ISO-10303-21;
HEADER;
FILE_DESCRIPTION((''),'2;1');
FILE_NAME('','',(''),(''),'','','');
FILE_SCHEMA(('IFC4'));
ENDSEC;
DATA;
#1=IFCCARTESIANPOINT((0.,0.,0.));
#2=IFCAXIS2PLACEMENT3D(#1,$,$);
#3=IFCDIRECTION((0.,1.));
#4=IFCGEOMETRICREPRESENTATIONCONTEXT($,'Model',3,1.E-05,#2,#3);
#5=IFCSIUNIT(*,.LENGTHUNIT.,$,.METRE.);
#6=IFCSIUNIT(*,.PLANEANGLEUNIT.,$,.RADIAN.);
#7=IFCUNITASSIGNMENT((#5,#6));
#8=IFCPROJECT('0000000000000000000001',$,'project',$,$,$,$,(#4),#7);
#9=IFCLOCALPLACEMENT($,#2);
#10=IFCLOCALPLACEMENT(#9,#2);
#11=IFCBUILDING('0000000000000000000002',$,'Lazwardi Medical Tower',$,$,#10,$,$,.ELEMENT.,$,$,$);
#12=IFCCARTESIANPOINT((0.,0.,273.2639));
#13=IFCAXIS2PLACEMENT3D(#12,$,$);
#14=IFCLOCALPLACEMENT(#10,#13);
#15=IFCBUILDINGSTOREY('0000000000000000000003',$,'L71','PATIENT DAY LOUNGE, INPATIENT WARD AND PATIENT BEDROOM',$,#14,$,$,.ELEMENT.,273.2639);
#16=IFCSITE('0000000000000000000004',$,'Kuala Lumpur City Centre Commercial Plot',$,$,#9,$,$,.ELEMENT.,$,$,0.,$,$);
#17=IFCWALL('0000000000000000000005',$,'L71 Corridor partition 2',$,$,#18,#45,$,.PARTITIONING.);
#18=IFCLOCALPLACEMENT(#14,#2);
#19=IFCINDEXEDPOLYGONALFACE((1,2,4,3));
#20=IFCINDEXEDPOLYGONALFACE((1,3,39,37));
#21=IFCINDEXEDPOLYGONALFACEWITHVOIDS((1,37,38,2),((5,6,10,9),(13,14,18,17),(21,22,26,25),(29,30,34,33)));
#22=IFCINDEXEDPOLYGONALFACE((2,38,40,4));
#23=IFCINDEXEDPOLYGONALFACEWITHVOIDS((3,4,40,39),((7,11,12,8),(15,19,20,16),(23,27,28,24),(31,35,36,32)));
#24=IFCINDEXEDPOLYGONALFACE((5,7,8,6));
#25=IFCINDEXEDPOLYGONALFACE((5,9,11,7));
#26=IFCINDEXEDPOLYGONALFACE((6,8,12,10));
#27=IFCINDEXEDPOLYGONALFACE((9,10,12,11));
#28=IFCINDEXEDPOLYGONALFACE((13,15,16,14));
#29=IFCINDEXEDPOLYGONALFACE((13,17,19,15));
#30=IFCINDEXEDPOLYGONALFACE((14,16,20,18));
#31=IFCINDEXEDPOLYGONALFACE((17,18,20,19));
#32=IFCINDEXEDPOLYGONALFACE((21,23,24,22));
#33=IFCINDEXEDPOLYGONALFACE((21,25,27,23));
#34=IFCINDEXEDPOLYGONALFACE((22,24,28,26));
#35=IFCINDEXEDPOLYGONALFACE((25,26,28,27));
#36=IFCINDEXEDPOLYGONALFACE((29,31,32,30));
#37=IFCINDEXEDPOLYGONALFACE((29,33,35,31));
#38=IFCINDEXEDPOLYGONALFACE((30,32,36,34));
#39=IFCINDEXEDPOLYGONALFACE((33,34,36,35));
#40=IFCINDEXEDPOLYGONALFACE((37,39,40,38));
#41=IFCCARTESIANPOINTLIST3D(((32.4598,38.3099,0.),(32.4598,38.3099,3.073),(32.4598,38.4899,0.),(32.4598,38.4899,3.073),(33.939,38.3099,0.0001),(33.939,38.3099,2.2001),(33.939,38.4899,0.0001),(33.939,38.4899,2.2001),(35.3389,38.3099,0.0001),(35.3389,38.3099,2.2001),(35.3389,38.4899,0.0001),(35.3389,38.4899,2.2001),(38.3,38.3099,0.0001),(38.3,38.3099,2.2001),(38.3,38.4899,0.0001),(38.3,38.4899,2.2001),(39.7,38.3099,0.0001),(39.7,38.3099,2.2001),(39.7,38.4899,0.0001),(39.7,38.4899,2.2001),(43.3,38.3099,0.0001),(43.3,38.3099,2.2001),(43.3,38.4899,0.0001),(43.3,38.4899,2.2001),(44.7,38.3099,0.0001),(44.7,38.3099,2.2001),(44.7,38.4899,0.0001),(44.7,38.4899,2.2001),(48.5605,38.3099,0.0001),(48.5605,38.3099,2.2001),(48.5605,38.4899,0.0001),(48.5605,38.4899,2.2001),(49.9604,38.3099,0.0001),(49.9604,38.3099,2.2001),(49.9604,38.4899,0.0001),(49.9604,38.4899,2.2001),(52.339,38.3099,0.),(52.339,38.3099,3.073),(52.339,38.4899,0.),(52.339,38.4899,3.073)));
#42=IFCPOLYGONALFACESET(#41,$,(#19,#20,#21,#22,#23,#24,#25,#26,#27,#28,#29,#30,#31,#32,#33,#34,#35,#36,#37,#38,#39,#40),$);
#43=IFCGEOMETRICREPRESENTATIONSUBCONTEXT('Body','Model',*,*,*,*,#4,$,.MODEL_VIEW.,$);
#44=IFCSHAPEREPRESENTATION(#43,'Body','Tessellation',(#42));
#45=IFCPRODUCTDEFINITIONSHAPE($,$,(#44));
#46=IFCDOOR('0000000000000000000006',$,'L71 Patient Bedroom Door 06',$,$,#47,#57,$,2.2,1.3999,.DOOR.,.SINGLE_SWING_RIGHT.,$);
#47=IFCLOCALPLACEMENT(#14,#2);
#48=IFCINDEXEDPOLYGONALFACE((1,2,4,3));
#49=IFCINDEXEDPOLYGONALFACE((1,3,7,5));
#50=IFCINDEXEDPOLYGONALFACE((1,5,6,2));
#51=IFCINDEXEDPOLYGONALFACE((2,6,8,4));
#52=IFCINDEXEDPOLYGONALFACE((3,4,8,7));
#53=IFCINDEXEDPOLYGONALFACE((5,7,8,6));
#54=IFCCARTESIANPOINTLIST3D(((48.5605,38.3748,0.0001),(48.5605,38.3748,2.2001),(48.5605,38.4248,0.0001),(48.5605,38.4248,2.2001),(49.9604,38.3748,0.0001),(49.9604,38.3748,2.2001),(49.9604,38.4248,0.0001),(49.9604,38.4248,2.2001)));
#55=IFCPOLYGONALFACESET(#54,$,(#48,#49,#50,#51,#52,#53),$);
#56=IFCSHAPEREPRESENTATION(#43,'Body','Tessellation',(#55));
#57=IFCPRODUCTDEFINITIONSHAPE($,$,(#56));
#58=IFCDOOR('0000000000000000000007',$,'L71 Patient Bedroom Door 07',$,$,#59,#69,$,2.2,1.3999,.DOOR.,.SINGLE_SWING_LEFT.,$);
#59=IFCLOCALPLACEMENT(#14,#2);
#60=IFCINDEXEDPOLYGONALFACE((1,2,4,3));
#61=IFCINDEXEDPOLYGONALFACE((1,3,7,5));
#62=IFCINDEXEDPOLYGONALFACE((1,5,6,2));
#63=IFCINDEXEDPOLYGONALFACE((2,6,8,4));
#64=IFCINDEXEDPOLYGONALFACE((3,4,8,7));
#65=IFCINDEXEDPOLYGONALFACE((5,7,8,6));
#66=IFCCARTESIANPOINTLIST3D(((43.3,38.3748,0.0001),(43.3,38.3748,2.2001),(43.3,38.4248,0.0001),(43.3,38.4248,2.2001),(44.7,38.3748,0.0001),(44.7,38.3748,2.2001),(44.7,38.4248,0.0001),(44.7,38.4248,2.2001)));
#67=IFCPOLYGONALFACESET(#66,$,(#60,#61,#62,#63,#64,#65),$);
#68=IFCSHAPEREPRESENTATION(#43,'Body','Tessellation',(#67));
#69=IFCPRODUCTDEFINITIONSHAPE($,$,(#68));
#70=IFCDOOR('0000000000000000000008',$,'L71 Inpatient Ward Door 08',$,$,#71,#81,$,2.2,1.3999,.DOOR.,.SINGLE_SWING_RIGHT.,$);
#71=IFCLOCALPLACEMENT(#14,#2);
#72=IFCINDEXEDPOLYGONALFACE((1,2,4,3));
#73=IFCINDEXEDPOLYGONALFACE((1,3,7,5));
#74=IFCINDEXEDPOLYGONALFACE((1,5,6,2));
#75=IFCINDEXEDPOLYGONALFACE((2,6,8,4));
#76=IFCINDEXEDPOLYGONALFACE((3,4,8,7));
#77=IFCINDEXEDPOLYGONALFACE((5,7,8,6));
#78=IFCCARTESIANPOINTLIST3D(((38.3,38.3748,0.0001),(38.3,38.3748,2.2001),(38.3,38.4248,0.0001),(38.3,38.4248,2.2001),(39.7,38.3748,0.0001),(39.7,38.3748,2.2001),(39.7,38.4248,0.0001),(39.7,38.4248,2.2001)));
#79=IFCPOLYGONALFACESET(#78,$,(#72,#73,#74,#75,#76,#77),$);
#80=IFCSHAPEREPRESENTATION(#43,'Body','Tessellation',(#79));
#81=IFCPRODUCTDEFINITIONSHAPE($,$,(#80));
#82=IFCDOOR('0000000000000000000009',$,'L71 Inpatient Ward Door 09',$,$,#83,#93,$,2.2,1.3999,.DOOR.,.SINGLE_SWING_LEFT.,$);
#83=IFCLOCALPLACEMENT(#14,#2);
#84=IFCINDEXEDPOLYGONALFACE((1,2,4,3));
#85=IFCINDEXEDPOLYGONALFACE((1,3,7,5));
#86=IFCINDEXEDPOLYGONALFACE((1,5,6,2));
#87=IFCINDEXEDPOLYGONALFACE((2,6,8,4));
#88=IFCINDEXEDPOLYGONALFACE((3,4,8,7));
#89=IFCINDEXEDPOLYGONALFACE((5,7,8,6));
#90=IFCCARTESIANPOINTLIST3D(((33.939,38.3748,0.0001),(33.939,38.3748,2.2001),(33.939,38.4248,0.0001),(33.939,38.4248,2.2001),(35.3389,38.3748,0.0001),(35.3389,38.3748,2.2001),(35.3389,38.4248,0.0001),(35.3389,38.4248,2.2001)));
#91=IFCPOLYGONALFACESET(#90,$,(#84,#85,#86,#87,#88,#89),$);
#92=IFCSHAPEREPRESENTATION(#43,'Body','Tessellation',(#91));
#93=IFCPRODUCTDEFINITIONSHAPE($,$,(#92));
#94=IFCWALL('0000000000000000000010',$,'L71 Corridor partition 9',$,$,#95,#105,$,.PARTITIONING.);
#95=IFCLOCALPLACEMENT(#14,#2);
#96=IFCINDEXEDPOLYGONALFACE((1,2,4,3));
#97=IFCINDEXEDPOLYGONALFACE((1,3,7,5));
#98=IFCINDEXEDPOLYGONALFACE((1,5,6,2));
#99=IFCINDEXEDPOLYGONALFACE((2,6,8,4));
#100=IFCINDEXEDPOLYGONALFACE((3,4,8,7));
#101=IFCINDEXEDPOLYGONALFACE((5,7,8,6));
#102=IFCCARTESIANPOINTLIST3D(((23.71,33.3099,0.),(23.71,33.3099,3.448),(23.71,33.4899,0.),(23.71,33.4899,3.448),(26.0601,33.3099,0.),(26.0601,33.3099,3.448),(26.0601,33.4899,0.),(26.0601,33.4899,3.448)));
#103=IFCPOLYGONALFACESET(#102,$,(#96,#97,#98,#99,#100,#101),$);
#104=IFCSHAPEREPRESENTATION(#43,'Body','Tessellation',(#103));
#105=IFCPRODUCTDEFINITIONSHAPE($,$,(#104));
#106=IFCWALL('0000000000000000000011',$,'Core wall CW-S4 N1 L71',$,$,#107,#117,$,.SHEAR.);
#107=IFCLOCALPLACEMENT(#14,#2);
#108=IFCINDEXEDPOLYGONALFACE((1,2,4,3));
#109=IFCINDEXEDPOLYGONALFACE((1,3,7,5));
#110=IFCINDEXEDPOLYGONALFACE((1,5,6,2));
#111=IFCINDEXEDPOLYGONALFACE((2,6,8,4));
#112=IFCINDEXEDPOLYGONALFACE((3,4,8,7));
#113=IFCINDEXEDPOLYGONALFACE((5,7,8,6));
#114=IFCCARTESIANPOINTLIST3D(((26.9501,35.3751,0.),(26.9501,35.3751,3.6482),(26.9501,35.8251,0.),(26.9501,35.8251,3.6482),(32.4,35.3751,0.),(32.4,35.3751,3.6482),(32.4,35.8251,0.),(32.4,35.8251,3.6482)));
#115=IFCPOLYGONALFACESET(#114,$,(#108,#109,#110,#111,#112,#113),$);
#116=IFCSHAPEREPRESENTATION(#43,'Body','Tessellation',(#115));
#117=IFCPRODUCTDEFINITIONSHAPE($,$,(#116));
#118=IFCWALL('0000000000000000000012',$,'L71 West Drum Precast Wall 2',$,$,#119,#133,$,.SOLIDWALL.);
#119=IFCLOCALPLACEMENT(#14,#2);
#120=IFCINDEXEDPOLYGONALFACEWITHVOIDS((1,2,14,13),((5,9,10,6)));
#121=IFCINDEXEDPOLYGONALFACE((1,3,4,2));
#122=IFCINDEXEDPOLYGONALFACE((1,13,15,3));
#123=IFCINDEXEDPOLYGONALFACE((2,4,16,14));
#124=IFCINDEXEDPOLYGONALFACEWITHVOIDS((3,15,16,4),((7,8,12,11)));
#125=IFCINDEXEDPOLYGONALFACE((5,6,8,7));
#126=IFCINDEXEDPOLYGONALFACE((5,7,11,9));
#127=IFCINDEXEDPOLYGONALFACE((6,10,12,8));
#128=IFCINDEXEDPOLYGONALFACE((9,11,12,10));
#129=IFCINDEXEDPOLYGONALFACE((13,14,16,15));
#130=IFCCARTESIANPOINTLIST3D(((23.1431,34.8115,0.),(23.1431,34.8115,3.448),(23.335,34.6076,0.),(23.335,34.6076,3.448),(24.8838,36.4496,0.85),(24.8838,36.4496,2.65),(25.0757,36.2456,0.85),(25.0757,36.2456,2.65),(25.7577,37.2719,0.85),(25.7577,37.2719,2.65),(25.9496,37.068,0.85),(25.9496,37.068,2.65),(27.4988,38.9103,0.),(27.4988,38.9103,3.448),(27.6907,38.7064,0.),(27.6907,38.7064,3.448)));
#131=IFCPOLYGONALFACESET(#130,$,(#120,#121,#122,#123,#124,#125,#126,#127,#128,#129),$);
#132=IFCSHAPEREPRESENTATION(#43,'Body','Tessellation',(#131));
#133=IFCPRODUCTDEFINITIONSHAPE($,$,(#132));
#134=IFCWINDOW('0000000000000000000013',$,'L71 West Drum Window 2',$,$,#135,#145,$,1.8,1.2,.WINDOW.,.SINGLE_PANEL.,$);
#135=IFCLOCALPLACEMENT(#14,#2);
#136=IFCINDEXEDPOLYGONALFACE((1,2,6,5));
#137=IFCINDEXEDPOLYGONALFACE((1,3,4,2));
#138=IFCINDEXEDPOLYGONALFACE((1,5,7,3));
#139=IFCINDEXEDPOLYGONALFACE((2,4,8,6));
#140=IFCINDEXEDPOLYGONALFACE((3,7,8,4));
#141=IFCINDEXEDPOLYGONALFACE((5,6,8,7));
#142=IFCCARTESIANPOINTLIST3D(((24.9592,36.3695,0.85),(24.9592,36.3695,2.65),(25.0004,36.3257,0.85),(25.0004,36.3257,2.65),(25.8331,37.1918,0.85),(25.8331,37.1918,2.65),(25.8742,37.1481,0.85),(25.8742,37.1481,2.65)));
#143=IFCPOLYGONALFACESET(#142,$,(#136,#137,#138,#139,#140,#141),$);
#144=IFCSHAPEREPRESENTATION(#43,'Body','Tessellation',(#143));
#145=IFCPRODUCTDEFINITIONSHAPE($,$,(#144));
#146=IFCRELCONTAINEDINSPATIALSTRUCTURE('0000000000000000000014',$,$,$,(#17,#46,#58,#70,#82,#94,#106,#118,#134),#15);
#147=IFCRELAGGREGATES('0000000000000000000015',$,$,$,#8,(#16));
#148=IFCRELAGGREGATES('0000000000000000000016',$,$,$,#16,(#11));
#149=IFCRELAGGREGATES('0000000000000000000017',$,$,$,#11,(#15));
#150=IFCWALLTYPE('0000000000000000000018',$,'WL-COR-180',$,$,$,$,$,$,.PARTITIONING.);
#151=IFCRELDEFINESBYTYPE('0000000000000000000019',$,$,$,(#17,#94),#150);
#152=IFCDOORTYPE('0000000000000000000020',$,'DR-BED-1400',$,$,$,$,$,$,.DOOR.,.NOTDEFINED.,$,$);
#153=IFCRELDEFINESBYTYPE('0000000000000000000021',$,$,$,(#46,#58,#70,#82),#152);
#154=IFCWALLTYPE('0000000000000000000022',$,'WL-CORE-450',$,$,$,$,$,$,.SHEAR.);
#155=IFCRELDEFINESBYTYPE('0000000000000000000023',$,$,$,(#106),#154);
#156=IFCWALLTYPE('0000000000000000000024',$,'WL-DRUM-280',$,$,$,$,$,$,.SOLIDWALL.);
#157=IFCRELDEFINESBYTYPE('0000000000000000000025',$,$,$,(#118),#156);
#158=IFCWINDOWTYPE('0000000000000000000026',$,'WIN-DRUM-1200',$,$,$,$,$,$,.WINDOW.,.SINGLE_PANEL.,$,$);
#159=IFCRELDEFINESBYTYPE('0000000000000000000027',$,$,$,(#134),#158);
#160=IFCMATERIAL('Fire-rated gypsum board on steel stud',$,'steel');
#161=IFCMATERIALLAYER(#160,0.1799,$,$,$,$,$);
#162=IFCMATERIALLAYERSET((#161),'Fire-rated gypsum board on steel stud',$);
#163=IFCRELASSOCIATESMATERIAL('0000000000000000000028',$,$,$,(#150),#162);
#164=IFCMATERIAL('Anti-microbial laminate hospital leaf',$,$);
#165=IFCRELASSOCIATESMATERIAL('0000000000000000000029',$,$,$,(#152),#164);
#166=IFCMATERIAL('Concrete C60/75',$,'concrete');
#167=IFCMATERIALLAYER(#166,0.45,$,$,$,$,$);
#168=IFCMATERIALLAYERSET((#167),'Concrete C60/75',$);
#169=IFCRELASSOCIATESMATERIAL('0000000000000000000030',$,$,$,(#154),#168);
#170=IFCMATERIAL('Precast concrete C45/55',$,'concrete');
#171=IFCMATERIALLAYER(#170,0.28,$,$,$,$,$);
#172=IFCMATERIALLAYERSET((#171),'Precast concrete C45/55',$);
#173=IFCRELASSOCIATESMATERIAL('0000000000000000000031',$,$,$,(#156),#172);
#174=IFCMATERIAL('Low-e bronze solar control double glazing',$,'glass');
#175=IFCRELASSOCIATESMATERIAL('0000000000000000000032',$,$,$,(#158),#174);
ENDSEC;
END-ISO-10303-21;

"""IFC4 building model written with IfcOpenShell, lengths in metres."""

from ifc_helpers import new_model, si_unit, direction, frame, frame_2d, origin, place, context, subcontext, project, spatial, rectangle, extrude, material, layer, layer_set, type_object, element, fill, save


model = new_model("IFC4")

# Units and contexts
model_context = context("Model", 3, precision=1e-05, world=origin(), true_north=direction((0.0, 1.0)))
body_context = subcontext(model_context, "Body", "Model", "MODEL_VIEW")
ifc_project = project(units=[si_unit("LENGTHUNIT", "METRE"), si_unit("PLANEANGLEUNIT", "RADIAN")], contexts=[model_context])

# Site, building, storey
site_placement = place(None, origin())
site = spatial("IfcSite", under=ifc_project, at=site_placement, Name="Kuala Lumpur City Centre Commercial Plot", CompositionType="ELEMENT", RefElevation=0.0)
building_placement = place(site_placement, origin())
building = spatial("IfcBuilding", under=site, at=building_placement, Name="Lazwardi Medical Tower", CompositionType="ELEMENT")
storey_placement = place(building_placement, frame((0.0, 0.0, 273.2639)))
storey = spatial("IfcBuildingStorey", under=building, at=storey_placement, Name="L71", Description="PATIENT DAY LOUNGE, INPATIENT WARD AND PATIENT BEDROOM", CompositionType="ELEMENT", Elevation=273.2639)

# Shared definitions
ifc_material_1 = material(Name="Concrete C60/75", Category="concrete")

# Shared definitions
ifc_material_2 = material(Name="Fire-rated gypsum board on steel stud", Category="steel")
ifc_layer_1 = layer(ifc_material_2, 0.1799)
ifc_layer_set_1 = layer_set([ifc_layer_1], Name="Fire-rated gypsum board on steel stud")
wall_type_1 = type_object("IfcWallType", Name="WL-COR-180", PredefinedType="PARTITIONING", material=ifc_layer_set_1)

# Wall, openings, doors
wall_1_placement = place(storey_placement, frame((32.46, 38.3999, 0.0), z_axis=(0.0, 0.0, 1.0), x_axis=(1.0, 0.0, 0.0)))
wall_1 = element("IfcWall", 1, at=wall_1_placement, inside=storey, type_object=wall_type_1, Name="L71 Corridor partition 2", PredefinedType="PARTITIONING", context=body_context, shape_type="SweptSolid", body=[
    extrude(rectangle(XDim=19.8792, YDim=0.1799, at=frame_2d((9.9395, 0.0))), origin(), (0.0, 0.0, 1.0), 3.073),
])
opening_1_placement = place(wall_1_placement, frame((16.1006, 0.0, 0.0)))
opening_1 = element("IfcOpeningElement", 2, at=opening_1_placement, cuts=wall_1, PredefinedType="OPENING", context=body_context, shape_type="SweptSolid", body=[
    extrude(rectangle(XDim=1.3999, YDim=2.2, at=frame_2d((0.7, 1.1001))), frame((0.0, 0.0999, 0.0), z_axis=(0.0, -1.0, 0.0), x_axis=(1.0, 0.0, 0.0)), (0.0, 0.0, 1.0), 0.2),
])
opening_2_placement = place(wall_1_placement, frame((10.8401, 0.0, 0.0)))
opening_2 = element("IfcOpeningElement", 3, at=opening_2_placement, cuts=wall_1, PredefinedType="OPENING", context=body_context, shape_type="SweptSolid", body=[
    extrude(rectangle(XDim=1.3999, YDim=2.2, at=frame_2d((0.7, 1.1001))), frame((0.0, 0.0999, 0.0), z_axis=(0.0, -1.0, 0.0), x_axis=(1.0, 0.0, 0.0)), (0.0, 0.0, 1.0), 0.2),
])
opening_3_placement = place(wall_1_placement, frame((5.8401, 0.0, 0.0)))
opening_3 = element("IfcOpeningElement", 4, at=opening_3_placement, cuts=wall_1, PredefinedType="OPENING", context=body_context, shape_type="SweptSolid", body=[
    extrude(rectangle(XDim=1.3999, YDim=2.2, at=frame_2d((0.7, 1.1001))), frame((0.0, 0.0999, 0.0), z_axis=(0.0, -1.0, 0.0), x_axis=(1.0, 0.0, 0.0)), (0.0, 0.0, 1.0), 0.2),
])
opening_4_placement = place(wall_1_placement, frame((1.479, 0.0, 0.0)))
opening_4 = element("IfcOpeningElement", 5, at=opening_4_placement, cuts=wall_1, PredefinedType="OPENING", context=body_context, shape_type="SweptSolid", body=[
    extrude(rectangle(XDim=1.3999, YDim=2.2, at=frame_2d((0.7, 1.1001))), frame((0.0, 0.0999, 0.0), z_axis=(0.0, -1.0, 0.0), x_axis=(1.0, 0.0, 0.0)), (0.0, 0.0, 1.0), 0.2),
])
ifc_material_3 = material(Name="Anti-microbial laminate hospital leaf")
door_type = type_object("IfcDoorType", Name="DR-BED-1400", OperationType="NOTDEFINED", PredefinedType="DOOR", material=ifc_material_3)
door_1_placement = place(opening_1_placement, origin())
door_1 = element("IfcDoor", 6, at=door_1_placement, inside=storey, type_object=door_type, Name="L71 Patient Bedroom Door 06", OperationType="SINGLE_SWING_RIGHT", OverallHeight=2.2, OverallWidth=1.3999, PredefinedType="DOOR", context=body_context, shape_type="SweptSolid", body=[
    extrude(rectangle(XDim=1.3999, YDim=2.2, at=frame_2d((0.7, 1.1001))), frame((0.0, 0.0249, 0.0), z_axis=(0.0, -1.0, 0.0), x_axis=(1.0, 0.0, 0.0)), (0.0, 0.0, 1.0), 0.05),
])
fill(opening_1, door_1)
door_2_placement = place(opening_2_placement, origin())
door_2 = element("IfcDoor", 7, at=door_2_placement, inside=storey, type_object=door_type, Name="L71 Patient Bedroom Door 07", OperationType="SINGLE_SWING_LEFT", OverallHeight=2.2, OverallWidth=1.3999, PredefinedType="DOOR", context=body_context, shape_type="SweptSolid", body=[
    extrude(rectangle(XDim=1.3999, YDim=2.2, at=frame_2d((0.7, 1.1001))), frame((0.0, 0.0249, 0.0), z_axis=(0.0, -1.0, 0.0), x_axis=(1.0, 0.0, 0.0)), (0.0, 0.0, 1.0), 0.05),
])
fill(opening_2, door_2)
door_3_placement = place(opening_3_placement, origin())
door_3 = element("IfcDoor", 8, at=door_3_placement, inside=storey, type_object=door_type, Name="L71 Inpatient Ward Door 08", OperationType="SINGLE_SWING_RIGHT", OverallHeight=2.2, OverallWidth=1.3999, PredefinedType="DOOR", context=body_context, shape_type="SweptSolid", body=[
    extrude(rectangle(XDim=1.3999, YDim=2.2, at=frame_2d((0.7, 1.1001))), frame((0.0, 0.0249, 0.0), z_axis=(0.0, -1.0, 0.0), x_axis=(1.0, 0.0, 0.0)), (0.0, 0.0, 1.0), 0.05),
])
fill(opening_3, door_3)
door_4_placement = place(opening_4_placement, origin())
door_4 = element("IfcDoor", 9, at=door_4_placement, inside=storey, type_object=door_type, Name="L71 Inpatient Ward Door 09", OperationType="SINGLE_SWING_LEFT", OverallHeight=2.2, OverallWidth=1.3999, PredefinedType="DOOR", context=body_context, shape_type="SweptSolid", body=[
    extrude(rectangle(XDim=1.3999, YDim=2.2, at=frame_2d((0.7, 1.1001))), frame((0.0, 0.0249, 0.0), z_axis=(0.0, -1.0, 0.0), x_axis=(1.0, 0.0, 0.0)), (0.0, 0.0, 1.0), 0.05),
])
fill(opening_4, door_4)

# Walls
wall_2_placement = place(storey_placement, frame((23.71, 33.3999, 0.0), z_axis=(0.0, 0.0, 1.0), x_axis=(1.0, 0.0, 0.0)))
element("IfcWall", 10, at=wall_2_placement, inside=storey, type_object=wall_type_1, Name="L71 Corridor partition 9", PredefinedType="PARTITIONING", context=body_context, shape_type="SweptSolid", body=[
    extrude(rectangle(XDim=2.3501, YDim=0.1799, at=frame_2d((1.175, 0.0))), origin(), (0.0, 0.0, 1.0), 3.448),
])
ifc_layer_2 = layer(ifc_material_1, 0.45)
ifc_layer_set_2 = layer_set([ifc_layer_2], Name="Concrete C60/75")
wall_type_2 = type_object("IfcWallType", Name="WL-CORE-450", PredefinedType="SHEAR", material=ifc_layer_set_2)
wall_3_placement = place(storey_placement, frame((26.95, 35.6001, 0.0), z_axis=(0.0, 0.0, 1.0), x_axis=(1.0, 0.0, 0.0)))
element("IfcWall", 11, at=wall_3_placement, inside=storey, type_object=wall_type_2, Name="Core wall CW-S4 N1 L71", PredefinedType="SHEAR", context=body_context, shape_type="SweptSolid", body=[
    extrude(rectangle(XDim=5.45, YDim=0.45, at=frame_2d((2.7251, 0.0))), origin(), (0.0, 0.0, 1.0), 3.6482),
])

# Wall, opening, window
ifc_material_4 = material(Name="Precast concrete C45/55", Category="concrete")
ifc_layer_3 = layer(ifc_material_4, 0.28)
ifc_layer_set_3 = layer_set([ifc_layer_3], Name="Precast concrete C45/55")
wall_type_3 = type_object("IfcWallType", Name="WL-DRUM-280", PredefinedType="SOLIDWALL", material=ifc_layer_set_3)
wall_4_placement = place(storey_placement, frame((27.5947, 38.8083, 0.0), z_axis=(0.0, 0.0, 1.0), x_axis=(-0.728252, -0.68531, 0.0)))
wall_4 = element("IfcWall", 12, at=wall_4_placement, inside=storey, type_object=wall_type_3, Name="L71 West Drum Precast Wall 2", PredefinedType="SOLIDWALL", context=body_context, shape_type="SweptSolid", body=[
    extrude(rectangle(XDim=5.981, YDim=0.28, at=frame_2d((2.9905, 0.0))), origin(), (0.0, 0.0, 1.0), 3.448),
])
opening_5_placement = place(wall_4_placement, frame((2.3906, 0.0, 0.8501)))
opening_5 = element("IfcOpeningElement", 13, at=opening_5_placement, cuts=wall_4, PredefinedType="OPENING", context=body_context, shape_type="SweptSolid", body=[
    extrude(rectangle(XDim=1.2, YDim=1.8, at=frame_2d((0.6001, 0.8999))), frame((0.0, 0.1499, 0.0), z_axis=(0.0, -1.0, 0.0), x_axis=(1.0, 0.0, 0.0)), (0.0, 0.0, 1.0), 0.3),
])
ifc_material_5 = material(Name="Low-e bronze solar control double glazing", Category="glass")
window_type = type_object("IfcWindowType", Name="WIN-DRUM-1200", PartitioningType="SINGLE_PANEL", PredefinedType="WINDOW", material=ifc_material_5)
window_1_placement = place(opening_5_placement, origin())
window_1 = element("IfcWindow", 14, at=window_1_placement, inside=storey, type_object=window_type, Name="L71 West Drum Window 2", OverallHeight=1.8, OverallWidth=1.2, PartitioningType="SINGLE_PANEL", PredefinedType="WINDOW", context=body_context, shape_type="SweptSolid", body=[
    extrude(rectangle(XDim=1.2, YDim=1.8, at=frame_2d((0.6001, 0.8999))), frame((0.0, 0.03, 0.0), z_axis=(0.0, -1.0, 0.0), x_axis=(1.0, 0.0, 0.0)), (0.0, 0.0, 1.0), 0.0601),
])
fill(opening_5, window_1)

save(model, "model.ifc")
